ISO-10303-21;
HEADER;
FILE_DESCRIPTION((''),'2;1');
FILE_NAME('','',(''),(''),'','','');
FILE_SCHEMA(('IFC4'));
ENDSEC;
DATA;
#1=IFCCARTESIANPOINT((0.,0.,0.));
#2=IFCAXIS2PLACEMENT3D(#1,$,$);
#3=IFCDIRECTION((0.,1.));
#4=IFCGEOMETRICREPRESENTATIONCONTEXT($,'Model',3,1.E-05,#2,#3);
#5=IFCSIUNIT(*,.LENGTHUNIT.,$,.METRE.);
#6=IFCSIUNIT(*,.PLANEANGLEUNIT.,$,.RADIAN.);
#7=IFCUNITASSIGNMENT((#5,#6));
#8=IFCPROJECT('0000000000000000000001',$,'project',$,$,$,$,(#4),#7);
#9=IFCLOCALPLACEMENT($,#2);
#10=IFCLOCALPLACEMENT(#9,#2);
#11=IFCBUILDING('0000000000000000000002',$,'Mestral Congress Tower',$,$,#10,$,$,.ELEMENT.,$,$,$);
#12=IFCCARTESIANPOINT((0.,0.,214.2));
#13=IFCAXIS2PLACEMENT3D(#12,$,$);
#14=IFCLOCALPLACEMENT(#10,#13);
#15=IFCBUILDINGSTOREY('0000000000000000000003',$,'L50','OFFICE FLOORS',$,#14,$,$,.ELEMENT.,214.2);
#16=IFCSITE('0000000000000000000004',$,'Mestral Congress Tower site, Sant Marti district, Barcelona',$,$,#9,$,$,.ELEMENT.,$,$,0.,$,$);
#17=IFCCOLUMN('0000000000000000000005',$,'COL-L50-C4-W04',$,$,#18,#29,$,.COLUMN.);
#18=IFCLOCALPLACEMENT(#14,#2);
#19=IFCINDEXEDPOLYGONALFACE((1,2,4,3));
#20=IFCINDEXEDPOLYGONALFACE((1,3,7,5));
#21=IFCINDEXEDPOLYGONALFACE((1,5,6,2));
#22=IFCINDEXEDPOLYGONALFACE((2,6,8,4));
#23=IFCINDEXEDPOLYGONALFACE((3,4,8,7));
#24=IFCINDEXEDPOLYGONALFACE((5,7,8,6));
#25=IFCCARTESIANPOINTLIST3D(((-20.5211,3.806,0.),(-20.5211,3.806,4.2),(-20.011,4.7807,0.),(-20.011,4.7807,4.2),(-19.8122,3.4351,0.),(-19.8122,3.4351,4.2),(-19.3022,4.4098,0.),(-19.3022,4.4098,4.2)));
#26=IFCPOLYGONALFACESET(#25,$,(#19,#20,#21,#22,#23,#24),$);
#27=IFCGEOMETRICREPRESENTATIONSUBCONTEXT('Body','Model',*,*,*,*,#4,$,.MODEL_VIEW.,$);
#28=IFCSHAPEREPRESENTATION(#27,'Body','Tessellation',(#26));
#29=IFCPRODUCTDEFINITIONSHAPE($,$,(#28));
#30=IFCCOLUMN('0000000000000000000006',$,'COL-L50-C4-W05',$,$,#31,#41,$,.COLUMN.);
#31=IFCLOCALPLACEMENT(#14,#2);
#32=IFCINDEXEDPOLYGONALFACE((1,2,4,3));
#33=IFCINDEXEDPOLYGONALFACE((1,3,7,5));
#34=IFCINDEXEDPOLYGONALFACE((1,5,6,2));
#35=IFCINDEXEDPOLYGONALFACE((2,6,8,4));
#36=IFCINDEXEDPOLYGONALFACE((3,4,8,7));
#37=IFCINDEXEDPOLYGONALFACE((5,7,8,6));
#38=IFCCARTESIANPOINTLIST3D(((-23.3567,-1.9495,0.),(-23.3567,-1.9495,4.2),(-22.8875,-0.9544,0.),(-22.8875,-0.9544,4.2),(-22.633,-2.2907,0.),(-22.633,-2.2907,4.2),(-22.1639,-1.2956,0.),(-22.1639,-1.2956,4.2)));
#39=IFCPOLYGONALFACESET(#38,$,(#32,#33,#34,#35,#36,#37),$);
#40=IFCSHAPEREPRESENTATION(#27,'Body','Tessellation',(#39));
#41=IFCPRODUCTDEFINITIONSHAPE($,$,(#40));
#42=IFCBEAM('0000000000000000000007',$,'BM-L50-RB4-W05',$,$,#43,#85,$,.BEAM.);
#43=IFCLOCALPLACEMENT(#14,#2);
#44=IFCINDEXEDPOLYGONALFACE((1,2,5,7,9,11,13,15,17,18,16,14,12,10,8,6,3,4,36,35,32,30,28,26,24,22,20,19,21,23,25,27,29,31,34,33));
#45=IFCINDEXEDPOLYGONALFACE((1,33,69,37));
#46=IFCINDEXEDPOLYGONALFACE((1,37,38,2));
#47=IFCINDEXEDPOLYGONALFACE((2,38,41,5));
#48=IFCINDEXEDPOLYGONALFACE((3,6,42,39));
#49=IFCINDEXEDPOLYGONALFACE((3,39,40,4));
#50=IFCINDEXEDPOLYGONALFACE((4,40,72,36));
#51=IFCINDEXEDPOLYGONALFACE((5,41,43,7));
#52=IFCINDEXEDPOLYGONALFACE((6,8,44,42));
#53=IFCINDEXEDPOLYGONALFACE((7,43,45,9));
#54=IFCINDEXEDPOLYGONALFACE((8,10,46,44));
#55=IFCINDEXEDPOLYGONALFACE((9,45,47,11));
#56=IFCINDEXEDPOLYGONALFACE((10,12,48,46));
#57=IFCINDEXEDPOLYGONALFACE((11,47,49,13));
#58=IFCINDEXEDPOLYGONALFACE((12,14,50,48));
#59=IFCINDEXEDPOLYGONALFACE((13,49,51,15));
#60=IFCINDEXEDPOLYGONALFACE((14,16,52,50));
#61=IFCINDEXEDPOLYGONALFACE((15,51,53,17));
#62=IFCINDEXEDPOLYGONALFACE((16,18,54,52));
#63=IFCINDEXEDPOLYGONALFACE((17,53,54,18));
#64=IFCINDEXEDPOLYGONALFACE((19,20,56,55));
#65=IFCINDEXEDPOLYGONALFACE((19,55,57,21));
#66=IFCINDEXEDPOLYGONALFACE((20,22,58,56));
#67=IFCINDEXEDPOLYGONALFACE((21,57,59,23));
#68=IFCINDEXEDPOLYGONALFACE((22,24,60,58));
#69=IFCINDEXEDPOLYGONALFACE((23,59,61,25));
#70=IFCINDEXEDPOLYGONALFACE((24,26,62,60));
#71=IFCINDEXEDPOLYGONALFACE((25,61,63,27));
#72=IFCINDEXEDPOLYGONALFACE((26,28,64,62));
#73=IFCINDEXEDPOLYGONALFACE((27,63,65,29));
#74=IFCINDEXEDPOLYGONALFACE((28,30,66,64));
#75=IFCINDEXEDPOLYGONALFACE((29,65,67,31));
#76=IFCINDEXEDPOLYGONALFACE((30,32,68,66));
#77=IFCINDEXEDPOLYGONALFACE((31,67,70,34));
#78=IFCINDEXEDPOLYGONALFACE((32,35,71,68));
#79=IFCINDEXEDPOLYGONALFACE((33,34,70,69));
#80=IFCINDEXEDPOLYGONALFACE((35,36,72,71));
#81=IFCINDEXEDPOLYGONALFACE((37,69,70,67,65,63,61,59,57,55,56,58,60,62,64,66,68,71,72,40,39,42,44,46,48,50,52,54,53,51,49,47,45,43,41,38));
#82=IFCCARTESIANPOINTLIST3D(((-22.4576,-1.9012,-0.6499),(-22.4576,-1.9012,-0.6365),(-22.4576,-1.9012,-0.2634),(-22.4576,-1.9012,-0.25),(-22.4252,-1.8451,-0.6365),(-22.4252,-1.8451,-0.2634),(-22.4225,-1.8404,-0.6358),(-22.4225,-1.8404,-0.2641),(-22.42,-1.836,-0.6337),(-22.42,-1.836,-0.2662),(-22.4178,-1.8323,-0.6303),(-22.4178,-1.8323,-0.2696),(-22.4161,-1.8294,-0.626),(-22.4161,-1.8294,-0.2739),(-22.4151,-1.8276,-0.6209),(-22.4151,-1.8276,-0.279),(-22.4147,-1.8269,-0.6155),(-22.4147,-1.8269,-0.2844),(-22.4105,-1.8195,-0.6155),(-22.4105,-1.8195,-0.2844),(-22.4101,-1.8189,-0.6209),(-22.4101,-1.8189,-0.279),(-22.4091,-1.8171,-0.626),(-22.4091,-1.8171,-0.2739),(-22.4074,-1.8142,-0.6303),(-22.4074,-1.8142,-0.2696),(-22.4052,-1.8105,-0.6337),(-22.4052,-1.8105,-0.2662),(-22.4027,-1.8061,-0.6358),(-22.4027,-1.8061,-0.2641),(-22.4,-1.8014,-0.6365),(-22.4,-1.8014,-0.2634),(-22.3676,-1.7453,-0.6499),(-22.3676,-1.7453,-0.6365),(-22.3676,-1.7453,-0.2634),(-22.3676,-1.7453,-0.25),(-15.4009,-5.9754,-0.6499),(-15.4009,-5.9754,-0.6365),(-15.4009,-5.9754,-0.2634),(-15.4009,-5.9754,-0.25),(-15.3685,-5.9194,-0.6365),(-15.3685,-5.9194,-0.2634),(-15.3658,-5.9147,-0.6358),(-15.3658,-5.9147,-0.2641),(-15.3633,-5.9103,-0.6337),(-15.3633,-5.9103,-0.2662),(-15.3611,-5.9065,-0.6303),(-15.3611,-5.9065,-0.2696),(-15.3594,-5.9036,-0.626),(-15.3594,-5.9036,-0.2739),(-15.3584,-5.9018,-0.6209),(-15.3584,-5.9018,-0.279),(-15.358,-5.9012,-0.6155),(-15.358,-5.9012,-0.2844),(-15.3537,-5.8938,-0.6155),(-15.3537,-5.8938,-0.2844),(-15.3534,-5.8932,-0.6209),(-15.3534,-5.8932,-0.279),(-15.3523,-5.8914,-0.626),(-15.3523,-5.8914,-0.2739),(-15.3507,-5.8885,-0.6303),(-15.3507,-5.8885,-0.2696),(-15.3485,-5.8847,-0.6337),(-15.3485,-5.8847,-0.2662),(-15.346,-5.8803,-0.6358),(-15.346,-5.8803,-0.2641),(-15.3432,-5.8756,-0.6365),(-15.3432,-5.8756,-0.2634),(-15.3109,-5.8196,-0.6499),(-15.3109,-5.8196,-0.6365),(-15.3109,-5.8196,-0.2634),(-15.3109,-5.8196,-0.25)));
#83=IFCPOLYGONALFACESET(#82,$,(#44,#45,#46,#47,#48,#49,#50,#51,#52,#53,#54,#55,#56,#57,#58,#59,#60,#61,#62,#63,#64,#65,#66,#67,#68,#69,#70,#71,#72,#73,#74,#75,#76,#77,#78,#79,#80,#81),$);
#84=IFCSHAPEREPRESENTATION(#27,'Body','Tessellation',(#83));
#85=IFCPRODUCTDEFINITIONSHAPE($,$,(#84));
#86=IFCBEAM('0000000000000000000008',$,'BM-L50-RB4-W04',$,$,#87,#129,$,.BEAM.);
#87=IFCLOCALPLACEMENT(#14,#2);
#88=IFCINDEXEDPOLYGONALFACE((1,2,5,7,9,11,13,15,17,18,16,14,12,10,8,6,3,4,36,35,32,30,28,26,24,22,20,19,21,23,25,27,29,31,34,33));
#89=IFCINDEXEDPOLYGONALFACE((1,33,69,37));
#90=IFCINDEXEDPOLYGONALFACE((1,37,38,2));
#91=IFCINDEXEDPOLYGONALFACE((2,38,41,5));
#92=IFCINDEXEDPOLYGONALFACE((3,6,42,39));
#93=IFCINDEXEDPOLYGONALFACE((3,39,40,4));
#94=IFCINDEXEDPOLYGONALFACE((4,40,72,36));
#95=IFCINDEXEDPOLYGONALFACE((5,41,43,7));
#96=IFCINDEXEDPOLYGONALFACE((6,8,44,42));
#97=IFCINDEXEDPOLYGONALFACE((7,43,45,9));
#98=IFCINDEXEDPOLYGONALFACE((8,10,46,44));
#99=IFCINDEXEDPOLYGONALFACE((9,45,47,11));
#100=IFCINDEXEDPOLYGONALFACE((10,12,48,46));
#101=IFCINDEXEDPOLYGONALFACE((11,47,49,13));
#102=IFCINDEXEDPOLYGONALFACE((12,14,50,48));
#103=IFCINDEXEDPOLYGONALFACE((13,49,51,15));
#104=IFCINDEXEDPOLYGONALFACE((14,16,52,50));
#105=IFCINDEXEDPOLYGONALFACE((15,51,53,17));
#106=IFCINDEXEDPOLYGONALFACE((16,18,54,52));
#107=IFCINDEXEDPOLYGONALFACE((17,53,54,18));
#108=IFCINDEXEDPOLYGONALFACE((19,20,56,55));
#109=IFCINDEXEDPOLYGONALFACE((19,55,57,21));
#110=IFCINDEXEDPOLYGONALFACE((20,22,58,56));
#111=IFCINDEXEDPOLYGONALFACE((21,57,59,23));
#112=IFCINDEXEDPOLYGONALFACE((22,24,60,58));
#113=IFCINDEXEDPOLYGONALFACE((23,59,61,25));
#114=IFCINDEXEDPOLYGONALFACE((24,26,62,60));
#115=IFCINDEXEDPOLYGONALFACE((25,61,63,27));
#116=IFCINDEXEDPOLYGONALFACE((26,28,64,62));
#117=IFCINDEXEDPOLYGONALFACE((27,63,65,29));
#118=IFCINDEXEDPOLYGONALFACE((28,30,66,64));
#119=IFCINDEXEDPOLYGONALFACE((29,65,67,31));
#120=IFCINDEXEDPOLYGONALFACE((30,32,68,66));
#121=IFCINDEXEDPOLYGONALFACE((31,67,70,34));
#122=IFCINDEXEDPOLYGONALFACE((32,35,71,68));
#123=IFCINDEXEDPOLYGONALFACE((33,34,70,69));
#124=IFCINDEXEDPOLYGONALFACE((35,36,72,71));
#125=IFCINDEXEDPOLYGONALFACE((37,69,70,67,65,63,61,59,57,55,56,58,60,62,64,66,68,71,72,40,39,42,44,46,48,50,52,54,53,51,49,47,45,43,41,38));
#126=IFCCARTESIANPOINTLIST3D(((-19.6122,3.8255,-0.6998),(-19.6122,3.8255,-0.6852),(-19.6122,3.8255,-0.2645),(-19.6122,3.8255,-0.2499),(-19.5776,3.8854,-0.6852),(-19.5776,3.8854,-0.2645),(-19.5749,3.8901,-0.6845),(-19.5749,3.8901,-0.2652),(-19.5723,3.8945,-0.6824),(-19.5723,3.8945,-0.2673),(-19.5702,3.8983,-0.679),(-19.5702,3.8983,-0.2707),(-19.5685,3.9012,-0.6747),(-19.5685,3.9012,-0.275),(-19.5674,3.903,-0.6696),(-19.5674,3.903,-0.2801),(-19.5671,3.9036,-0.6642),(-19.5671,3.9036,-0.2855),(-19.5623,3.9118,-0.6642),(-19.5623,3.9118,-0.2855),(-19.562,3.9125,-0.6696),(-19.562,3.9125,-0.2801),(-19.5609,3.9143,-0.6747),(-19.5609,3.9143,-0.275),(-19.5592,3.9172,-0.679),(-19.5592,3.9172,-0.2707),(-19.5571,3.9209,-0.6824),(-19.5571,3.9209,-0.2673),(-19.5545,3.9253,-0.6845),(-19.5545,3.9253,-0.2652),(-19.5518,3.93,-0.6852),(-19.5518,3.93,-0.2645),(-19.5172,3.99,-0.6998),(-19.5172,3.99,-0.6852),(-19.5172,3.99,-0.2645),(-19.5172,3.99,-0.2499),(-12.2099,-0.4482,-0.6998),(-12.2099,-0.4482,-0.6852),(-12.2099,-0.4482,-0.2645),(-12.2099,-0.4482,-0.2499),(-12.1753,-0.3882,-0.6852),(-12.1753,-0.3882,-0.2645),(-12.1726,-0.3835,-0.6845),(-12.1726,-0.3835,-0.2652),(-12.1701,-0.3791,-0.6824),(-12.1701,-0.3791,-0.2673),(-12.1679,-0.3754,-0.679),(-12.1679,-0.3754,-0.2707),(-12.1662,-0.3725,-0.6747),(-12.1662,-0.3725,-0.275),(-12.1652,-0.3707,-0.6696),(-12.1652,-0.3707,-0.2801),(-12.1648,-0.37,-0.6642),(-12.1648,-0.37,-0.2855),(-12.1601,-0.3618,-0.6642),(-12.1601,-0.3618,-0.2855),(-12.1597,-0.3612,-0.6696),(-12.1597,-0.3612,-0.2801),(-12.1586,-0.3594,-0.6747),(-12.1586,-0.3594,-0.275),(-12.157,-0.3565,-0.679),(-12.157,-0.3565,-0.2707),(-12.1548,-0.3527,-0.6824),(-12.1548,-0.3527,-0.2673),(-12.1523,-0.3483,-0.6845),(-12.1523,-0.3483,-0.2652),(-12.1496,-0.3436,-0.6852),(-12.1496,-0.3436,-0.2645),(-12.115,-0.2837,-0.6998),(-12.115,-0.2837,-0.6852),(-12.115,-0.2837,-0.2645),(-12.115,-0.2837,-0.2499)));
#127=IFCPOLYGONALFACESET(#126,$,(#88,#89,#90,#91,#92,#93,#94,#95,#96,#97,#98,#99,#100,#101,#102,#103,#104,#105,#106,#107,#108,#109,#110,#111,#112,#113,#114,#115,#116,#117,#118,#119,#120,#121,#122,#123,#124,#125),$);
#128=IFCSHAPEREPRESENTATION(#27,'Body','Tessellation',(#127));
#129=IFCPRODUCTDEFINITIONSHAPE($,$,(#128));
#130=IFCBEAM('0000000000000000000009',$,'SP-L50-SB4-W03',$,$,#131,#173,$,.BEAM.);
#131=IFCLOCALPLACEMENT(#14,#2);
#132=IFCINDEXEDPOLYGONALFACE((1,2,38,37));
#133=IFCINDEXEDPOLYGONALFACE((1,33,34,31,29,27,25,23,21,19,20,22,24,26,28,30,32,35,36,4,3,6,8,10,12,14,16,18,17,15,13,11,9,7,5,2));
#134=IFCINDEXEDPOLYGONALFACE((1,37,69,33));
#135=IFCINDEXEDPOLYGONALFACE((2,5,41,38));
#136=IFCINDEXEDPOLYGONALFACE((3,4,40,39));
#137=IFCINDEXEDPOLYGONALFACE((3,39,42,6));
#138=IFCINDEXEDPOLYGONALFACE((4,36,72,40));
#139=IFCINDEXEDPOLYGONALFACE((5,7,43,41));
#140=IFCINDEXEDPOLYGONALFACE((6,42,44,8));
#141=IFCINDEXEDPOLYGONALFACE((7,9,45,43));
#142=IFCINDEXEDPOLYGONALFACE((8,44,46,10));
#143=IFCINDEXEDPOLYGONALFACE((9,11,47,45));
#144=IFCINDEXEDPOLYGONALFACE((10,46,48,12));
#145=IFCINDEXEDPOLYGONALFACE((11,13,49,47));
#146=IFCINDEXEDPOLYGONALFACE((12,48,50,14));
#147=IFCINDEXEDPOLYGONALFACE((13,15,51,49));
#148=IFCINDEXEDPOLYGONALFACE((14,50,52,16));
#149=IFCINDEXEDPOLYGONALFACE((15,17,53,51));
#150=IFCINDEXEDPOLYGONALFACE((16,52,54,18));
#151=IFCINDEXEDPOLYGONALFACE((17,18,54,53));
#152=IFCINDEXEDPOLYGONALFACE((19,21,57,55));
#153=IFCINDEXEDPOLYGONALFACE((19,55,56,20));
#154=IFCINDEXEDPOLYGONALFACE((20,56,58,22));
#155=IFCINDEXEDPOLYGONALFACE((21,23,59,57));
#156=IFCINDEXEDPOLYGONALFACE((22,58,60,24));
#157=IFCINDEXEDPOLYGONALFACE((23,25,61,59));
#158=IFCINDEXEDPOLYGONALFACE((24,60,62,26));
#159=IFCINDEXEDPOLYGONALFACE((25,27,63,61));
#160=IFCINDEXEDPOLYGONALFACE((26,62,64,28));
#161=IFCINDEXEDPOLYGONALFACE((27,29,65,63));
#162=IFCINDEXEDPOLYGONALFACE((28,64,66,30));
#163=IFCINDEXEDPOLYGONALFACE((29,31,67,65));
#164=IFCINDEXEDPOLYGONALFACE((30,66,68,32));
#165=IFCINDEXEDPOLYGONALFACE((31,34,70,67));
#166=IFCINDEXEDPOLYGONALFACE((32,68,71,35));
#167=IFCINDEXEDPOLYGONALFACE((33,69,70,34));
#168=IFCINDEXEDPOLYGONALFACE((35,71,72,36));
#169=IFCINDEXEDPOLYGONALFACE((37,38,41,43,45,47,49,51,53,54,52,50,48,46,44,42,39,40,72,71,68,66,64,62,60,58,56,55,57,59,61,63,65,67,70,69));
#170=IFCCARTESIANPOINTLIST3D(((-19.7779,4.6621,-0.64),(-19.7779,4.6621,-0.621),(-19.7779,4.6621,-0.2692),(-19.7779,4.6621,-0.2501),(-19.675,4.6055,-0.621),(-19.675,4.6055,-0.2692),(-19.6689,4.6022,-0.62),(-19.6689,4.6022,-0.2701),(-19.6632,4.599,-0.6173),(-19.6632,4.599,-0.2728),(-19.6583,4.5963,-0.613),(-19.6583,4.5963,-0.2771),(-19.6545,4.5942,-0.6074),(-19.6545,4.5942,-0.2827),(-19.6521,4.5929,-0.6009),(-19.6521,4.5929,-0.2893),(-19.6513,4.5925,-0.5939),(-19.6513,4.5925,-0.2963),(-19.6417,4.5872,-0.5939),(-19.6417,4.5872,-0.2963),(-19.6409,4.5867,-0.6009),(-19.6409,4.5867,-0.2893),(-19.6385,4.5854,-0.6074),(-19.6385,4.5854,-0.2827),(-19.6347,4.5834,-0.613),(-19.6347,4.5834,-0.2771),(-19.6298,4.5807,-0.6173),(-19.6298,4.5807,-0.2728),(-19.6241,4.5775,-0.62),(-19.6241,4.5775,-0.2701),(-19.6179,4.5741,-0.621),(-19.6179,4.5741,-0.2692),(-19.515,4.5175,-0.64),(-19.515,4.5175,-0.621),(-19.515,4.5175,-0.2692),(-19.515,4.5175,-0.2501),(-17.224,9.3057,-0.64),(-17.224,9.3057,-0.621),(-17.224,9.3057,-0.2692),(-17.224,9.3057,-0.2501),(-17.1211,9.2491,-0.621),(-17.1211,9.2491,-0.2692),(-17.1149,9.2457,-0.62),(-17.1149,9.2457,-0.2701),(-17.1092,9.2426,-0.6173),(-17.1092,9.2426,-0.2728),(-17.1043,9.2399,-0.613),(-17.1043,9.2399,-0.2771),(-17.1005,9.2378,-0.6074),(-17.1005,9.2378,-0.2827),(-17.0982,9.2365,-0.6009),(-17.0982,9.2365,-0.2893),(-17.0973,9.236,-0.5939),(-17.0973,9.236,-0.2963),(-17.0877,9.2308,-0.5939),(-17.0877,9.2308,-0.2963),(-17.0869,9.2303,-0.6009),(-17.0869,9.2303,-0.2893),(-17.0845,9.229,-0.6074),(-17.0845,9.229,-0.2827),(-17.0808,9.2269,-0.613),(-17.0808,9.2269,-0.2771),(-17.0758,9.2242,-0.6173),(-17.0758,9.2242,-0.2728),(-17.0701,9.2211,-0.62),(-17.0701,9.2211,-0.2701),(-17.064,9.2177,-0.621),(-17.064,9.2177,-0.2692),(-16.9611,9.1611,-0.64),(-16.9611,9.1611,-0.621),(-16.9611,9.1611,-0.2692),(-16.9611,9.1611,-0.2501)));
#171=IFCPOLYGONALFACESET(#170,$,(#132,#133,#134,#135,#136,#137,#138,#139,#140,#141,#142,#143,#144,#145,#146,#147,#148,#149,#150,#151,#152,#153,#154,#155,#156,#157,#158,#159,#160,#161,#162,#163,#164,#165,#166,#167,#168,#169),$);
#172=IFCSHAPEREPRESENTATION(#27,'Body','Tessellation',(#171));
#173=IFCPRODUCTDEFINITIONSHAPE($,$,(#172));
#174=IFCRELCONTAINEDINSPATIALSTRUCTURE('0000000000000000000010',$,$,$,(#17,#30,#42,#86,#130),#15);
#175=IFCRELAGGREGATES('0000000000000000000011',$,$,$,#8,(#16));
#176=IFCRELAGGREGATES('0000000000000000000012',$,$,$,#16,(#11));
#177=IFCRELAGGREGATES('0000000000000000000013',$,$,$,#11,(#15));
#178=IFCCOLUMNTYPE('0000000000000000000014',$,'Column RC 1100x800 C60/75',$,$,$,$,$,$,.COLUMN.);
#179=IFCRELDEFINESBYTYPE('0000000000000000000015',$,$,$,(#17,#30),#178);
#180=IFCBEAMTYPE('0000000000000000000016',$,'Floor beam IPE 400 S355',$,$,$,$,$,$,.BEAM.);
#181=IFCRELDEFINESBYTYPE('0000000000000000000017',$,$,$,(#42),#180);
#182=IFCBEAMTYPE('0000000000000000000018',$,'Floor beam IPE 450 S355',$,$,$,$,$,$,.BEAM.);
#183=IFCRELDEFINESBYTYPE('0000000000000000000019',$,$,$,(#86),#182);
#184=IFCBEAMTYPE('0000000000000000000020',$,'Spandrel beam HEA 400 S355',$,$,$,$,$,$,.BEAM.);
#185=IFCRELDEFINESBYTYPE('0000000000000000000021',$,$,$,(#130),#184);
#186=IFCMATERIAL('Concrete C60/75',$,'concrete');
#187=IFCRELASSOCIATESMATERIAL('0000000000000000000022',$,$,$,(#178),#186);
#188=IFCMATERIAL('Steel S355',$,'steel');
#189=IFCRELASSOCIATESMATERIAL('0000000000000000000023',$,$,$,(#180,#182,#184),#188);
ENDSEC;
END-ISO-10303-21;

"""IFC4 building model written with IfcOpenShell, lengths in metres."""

from ifc_helpers import new_model, si_unit, direction, frame, origin, origin_2d, place, context, subcontext, project, spatial, rectangle, i_section, extrude, material, material_profile, profile_set, type_object, element, save


model = new_model("IFC4")

# Units and contexts
model_context = context("Model", 3, precision=1e-05, world=origin(), true_north=direction((0.0, 1.0)))
body_context = subcontext(model_context, "Body", "Model", "MODEL_VIEW")
ifc_project = project(units=[si_unit("LENGTHUNIT", "METRE"), si_unit("PLANEANGLEUNIT", "RADIAN")], contexts=[model_context])

# Site, building, storey
site_placement = place(None, origin())
site = spatial("IfcSite", under=ifc_project, at=site_placement, Name="Mestral Congress Tower site, Sant Marti district, Barcelona", CompositionType="ELEMENT", RefElevation=0.0)
building_placement = place(site_placement, origin())
building = spatial("IfcBuilding", under=site, at=building_placement, Name="Mestral Congress Tower", CompositionType="ELEMENT")
storey_placement = place(building_placement, frame((0.0, 0.0, 214.2)))
storey = spatial("IfcBuildingStorey", under=building, at=storey_placement, Name="L50", Description="OFFICE FLOORS", CompositionType="ELEMENT", Elevation=214.2)

# Columns
ifc_material_1 = material(Name="Concrete C60/75", Category="concrete")
ifc_material_profile_1 = material_profile(ifc_material_1, rectangle(XDim=1.1001, YDim=0.8, at=origin_2d()), Name="RC 1100x800")
ifc_profile_set_1 = profile_set([ifc_material_profile_1], Name="Concrete C60/75")
column_type = type_object("IfcColumnType", Name="Column RC 1100x800 C60/75", PredefinedType="COLUMN", material=ifc_profile_set_1)
for number, where, z_axis, x_axis, name in (
    (1, (-19.9116, 4.1079, 0.0), (0.0, 0.0, 1.0), (-0.463636, -0.886026, 0.0), "COL-L50-C4-W04"),
    (2, (-22.7603, -1.6226, 0.0), (0.0, 0.0, 1.0), (-0.426472, -0.904501, 0.0), "COL-L50-C4-W05"),
):
    element("IfcColumn", number, at=place(storey_placement, frame(where, z_axis=z_axis, x_axis=x_axis)), inside=storey, type_object=column_type, Name=name, PredefinedType="COLUMN", context=body_context, shape_type="SweptSolid", body=[
        extrude(rectangle(XDim=1.1001, YDim=0.8, at=origin_2d()), origin(), (0.0, 0.0, 1.0), 4.2),
    ])

# Beams
ifc_material_2 = material(Name="Steel S355", Category="steel")
ifc_material_profile_2 = material_profile(ifc_material_2, i_section(OverallWidth=0.1799, OverallDepth=0.3999, WebThickness=0.0085, FlangeThickness=0.0134, FilletRadius=0.021, at=origin_2d()), Name="IPE 400")
ifc_profile_set_2 = profile_set([ifc_material_profile_2], Name="Steel S355")
beam_type_1 = type_object("IfcBeamType", Name="Floor beam IPE 400 S355", PredefinedType="BEAM", material=ifc_profile_set_2)
beam_1_placement = place(storey_placement, frame((-22.4126, -1.8232, -0.45), z_axis=(0.866022, -0.500006, 0.0), x_axis=(0.500006, 0.866022, 0.0)))
element("IfcBeam", 3, at=beam_1_placement, inside=storey, type_object=beam_type_1, Name="BM-L50-RB4-W05", PredefinedType="BEAM", context=body_context, shape_type="SweptSolid", body=[
    extrude(i_section(OverallWidth=0.1799, OverallDepth=0.3999, WebThickness=0.0085, FlangeThickness=0.0134, FilletRadius=0.021, at=origin_2d()), origin(), (0.0, 0.0, 1.0), 8.1484),
])
ifc_material_profile_3 = material_profile(ifc_material_2, i_section(OverallWidth=0.1899, OverallDepth=0.45, WebThickness=0.0095, FlangeThickness=0.0146, FilletRadius=0.021, at=origin_2d()), Name="IPE 450")
ifc_profile_set_3 = profile_set([ifc_material_profile_3], Name="Steel S355")
beam_type_2 = type_object("IfcBeamType", Name="Floor beam IPE 450 S355", PredefinedType="BEAM", material=ifc_profile_set_3)
beam_2_placement = place(storey_placement, frame((-19.5647, 3.9077, -0.4749), z_axis=(0.866029, -0.499994, 0.0), x_axis=(0.499994, 0.866029, 0.0)))
element("IfcBeam", 4, at=beam_2_placement, inside=storey, type_object=beam_type_2, Name="BM-L50-RB4-W04", PredefinedType="BEAM", context=body_context, shape_type="SweptSolid", body=[
    extrude(i_section(OverallWidth=0.1899, OverallDepth=0.45, WebThickness=0.0095, FlangeThickness=0.0146, FilletRadius=0.021, at=origin_2d()), origin(), (0.0, 0.0, 1.0), 8.5474),
])
ifc_material_profile_4 = material_profile(ifc_material_2, i_section(OverallWidth=0.3, OverallDepth=0.3899, WebThickness=0.011, FlangeThickness=0.019, FilletRadius=0.0271, at=origin_2d()), Name="HEA 400")
ifc_profile_set_4 = profile_set([ifc_material_profile_4], Name="Steel S355")
beam_type_3 = type_object("IfcBeamType", Name="Spandrel beam HEA 400 S355", PredefinedType="BEAM", material=ifc_profile_set_4)
beam_3_placement = place(storey_placement, frame((-17.0925, 9.2334, -0.4451), z_axis=(-0.481919, -0.876216, 0.0), x_axis=(0.876216, -0.481919, 0.0)))
element("IfcBeam", 5, at=beam_3_placement, inside=storey, type_object=beam_type_3, Name="SP-L50-SB4-W03", PredefinedType="BEAM", context=body_context, shape_type="SweptSolid", body=[
    extrude(i_section(OverallWidth=0.3, OverallDepth=0.3899, WebThickness=0.011, FlangeThickness=0.019, FilletRadius=0.0271, at=origin_2d()), origin(), (0.0, 0.0, 1.0), 5.2996),
])

save(model, "model.ifc")
